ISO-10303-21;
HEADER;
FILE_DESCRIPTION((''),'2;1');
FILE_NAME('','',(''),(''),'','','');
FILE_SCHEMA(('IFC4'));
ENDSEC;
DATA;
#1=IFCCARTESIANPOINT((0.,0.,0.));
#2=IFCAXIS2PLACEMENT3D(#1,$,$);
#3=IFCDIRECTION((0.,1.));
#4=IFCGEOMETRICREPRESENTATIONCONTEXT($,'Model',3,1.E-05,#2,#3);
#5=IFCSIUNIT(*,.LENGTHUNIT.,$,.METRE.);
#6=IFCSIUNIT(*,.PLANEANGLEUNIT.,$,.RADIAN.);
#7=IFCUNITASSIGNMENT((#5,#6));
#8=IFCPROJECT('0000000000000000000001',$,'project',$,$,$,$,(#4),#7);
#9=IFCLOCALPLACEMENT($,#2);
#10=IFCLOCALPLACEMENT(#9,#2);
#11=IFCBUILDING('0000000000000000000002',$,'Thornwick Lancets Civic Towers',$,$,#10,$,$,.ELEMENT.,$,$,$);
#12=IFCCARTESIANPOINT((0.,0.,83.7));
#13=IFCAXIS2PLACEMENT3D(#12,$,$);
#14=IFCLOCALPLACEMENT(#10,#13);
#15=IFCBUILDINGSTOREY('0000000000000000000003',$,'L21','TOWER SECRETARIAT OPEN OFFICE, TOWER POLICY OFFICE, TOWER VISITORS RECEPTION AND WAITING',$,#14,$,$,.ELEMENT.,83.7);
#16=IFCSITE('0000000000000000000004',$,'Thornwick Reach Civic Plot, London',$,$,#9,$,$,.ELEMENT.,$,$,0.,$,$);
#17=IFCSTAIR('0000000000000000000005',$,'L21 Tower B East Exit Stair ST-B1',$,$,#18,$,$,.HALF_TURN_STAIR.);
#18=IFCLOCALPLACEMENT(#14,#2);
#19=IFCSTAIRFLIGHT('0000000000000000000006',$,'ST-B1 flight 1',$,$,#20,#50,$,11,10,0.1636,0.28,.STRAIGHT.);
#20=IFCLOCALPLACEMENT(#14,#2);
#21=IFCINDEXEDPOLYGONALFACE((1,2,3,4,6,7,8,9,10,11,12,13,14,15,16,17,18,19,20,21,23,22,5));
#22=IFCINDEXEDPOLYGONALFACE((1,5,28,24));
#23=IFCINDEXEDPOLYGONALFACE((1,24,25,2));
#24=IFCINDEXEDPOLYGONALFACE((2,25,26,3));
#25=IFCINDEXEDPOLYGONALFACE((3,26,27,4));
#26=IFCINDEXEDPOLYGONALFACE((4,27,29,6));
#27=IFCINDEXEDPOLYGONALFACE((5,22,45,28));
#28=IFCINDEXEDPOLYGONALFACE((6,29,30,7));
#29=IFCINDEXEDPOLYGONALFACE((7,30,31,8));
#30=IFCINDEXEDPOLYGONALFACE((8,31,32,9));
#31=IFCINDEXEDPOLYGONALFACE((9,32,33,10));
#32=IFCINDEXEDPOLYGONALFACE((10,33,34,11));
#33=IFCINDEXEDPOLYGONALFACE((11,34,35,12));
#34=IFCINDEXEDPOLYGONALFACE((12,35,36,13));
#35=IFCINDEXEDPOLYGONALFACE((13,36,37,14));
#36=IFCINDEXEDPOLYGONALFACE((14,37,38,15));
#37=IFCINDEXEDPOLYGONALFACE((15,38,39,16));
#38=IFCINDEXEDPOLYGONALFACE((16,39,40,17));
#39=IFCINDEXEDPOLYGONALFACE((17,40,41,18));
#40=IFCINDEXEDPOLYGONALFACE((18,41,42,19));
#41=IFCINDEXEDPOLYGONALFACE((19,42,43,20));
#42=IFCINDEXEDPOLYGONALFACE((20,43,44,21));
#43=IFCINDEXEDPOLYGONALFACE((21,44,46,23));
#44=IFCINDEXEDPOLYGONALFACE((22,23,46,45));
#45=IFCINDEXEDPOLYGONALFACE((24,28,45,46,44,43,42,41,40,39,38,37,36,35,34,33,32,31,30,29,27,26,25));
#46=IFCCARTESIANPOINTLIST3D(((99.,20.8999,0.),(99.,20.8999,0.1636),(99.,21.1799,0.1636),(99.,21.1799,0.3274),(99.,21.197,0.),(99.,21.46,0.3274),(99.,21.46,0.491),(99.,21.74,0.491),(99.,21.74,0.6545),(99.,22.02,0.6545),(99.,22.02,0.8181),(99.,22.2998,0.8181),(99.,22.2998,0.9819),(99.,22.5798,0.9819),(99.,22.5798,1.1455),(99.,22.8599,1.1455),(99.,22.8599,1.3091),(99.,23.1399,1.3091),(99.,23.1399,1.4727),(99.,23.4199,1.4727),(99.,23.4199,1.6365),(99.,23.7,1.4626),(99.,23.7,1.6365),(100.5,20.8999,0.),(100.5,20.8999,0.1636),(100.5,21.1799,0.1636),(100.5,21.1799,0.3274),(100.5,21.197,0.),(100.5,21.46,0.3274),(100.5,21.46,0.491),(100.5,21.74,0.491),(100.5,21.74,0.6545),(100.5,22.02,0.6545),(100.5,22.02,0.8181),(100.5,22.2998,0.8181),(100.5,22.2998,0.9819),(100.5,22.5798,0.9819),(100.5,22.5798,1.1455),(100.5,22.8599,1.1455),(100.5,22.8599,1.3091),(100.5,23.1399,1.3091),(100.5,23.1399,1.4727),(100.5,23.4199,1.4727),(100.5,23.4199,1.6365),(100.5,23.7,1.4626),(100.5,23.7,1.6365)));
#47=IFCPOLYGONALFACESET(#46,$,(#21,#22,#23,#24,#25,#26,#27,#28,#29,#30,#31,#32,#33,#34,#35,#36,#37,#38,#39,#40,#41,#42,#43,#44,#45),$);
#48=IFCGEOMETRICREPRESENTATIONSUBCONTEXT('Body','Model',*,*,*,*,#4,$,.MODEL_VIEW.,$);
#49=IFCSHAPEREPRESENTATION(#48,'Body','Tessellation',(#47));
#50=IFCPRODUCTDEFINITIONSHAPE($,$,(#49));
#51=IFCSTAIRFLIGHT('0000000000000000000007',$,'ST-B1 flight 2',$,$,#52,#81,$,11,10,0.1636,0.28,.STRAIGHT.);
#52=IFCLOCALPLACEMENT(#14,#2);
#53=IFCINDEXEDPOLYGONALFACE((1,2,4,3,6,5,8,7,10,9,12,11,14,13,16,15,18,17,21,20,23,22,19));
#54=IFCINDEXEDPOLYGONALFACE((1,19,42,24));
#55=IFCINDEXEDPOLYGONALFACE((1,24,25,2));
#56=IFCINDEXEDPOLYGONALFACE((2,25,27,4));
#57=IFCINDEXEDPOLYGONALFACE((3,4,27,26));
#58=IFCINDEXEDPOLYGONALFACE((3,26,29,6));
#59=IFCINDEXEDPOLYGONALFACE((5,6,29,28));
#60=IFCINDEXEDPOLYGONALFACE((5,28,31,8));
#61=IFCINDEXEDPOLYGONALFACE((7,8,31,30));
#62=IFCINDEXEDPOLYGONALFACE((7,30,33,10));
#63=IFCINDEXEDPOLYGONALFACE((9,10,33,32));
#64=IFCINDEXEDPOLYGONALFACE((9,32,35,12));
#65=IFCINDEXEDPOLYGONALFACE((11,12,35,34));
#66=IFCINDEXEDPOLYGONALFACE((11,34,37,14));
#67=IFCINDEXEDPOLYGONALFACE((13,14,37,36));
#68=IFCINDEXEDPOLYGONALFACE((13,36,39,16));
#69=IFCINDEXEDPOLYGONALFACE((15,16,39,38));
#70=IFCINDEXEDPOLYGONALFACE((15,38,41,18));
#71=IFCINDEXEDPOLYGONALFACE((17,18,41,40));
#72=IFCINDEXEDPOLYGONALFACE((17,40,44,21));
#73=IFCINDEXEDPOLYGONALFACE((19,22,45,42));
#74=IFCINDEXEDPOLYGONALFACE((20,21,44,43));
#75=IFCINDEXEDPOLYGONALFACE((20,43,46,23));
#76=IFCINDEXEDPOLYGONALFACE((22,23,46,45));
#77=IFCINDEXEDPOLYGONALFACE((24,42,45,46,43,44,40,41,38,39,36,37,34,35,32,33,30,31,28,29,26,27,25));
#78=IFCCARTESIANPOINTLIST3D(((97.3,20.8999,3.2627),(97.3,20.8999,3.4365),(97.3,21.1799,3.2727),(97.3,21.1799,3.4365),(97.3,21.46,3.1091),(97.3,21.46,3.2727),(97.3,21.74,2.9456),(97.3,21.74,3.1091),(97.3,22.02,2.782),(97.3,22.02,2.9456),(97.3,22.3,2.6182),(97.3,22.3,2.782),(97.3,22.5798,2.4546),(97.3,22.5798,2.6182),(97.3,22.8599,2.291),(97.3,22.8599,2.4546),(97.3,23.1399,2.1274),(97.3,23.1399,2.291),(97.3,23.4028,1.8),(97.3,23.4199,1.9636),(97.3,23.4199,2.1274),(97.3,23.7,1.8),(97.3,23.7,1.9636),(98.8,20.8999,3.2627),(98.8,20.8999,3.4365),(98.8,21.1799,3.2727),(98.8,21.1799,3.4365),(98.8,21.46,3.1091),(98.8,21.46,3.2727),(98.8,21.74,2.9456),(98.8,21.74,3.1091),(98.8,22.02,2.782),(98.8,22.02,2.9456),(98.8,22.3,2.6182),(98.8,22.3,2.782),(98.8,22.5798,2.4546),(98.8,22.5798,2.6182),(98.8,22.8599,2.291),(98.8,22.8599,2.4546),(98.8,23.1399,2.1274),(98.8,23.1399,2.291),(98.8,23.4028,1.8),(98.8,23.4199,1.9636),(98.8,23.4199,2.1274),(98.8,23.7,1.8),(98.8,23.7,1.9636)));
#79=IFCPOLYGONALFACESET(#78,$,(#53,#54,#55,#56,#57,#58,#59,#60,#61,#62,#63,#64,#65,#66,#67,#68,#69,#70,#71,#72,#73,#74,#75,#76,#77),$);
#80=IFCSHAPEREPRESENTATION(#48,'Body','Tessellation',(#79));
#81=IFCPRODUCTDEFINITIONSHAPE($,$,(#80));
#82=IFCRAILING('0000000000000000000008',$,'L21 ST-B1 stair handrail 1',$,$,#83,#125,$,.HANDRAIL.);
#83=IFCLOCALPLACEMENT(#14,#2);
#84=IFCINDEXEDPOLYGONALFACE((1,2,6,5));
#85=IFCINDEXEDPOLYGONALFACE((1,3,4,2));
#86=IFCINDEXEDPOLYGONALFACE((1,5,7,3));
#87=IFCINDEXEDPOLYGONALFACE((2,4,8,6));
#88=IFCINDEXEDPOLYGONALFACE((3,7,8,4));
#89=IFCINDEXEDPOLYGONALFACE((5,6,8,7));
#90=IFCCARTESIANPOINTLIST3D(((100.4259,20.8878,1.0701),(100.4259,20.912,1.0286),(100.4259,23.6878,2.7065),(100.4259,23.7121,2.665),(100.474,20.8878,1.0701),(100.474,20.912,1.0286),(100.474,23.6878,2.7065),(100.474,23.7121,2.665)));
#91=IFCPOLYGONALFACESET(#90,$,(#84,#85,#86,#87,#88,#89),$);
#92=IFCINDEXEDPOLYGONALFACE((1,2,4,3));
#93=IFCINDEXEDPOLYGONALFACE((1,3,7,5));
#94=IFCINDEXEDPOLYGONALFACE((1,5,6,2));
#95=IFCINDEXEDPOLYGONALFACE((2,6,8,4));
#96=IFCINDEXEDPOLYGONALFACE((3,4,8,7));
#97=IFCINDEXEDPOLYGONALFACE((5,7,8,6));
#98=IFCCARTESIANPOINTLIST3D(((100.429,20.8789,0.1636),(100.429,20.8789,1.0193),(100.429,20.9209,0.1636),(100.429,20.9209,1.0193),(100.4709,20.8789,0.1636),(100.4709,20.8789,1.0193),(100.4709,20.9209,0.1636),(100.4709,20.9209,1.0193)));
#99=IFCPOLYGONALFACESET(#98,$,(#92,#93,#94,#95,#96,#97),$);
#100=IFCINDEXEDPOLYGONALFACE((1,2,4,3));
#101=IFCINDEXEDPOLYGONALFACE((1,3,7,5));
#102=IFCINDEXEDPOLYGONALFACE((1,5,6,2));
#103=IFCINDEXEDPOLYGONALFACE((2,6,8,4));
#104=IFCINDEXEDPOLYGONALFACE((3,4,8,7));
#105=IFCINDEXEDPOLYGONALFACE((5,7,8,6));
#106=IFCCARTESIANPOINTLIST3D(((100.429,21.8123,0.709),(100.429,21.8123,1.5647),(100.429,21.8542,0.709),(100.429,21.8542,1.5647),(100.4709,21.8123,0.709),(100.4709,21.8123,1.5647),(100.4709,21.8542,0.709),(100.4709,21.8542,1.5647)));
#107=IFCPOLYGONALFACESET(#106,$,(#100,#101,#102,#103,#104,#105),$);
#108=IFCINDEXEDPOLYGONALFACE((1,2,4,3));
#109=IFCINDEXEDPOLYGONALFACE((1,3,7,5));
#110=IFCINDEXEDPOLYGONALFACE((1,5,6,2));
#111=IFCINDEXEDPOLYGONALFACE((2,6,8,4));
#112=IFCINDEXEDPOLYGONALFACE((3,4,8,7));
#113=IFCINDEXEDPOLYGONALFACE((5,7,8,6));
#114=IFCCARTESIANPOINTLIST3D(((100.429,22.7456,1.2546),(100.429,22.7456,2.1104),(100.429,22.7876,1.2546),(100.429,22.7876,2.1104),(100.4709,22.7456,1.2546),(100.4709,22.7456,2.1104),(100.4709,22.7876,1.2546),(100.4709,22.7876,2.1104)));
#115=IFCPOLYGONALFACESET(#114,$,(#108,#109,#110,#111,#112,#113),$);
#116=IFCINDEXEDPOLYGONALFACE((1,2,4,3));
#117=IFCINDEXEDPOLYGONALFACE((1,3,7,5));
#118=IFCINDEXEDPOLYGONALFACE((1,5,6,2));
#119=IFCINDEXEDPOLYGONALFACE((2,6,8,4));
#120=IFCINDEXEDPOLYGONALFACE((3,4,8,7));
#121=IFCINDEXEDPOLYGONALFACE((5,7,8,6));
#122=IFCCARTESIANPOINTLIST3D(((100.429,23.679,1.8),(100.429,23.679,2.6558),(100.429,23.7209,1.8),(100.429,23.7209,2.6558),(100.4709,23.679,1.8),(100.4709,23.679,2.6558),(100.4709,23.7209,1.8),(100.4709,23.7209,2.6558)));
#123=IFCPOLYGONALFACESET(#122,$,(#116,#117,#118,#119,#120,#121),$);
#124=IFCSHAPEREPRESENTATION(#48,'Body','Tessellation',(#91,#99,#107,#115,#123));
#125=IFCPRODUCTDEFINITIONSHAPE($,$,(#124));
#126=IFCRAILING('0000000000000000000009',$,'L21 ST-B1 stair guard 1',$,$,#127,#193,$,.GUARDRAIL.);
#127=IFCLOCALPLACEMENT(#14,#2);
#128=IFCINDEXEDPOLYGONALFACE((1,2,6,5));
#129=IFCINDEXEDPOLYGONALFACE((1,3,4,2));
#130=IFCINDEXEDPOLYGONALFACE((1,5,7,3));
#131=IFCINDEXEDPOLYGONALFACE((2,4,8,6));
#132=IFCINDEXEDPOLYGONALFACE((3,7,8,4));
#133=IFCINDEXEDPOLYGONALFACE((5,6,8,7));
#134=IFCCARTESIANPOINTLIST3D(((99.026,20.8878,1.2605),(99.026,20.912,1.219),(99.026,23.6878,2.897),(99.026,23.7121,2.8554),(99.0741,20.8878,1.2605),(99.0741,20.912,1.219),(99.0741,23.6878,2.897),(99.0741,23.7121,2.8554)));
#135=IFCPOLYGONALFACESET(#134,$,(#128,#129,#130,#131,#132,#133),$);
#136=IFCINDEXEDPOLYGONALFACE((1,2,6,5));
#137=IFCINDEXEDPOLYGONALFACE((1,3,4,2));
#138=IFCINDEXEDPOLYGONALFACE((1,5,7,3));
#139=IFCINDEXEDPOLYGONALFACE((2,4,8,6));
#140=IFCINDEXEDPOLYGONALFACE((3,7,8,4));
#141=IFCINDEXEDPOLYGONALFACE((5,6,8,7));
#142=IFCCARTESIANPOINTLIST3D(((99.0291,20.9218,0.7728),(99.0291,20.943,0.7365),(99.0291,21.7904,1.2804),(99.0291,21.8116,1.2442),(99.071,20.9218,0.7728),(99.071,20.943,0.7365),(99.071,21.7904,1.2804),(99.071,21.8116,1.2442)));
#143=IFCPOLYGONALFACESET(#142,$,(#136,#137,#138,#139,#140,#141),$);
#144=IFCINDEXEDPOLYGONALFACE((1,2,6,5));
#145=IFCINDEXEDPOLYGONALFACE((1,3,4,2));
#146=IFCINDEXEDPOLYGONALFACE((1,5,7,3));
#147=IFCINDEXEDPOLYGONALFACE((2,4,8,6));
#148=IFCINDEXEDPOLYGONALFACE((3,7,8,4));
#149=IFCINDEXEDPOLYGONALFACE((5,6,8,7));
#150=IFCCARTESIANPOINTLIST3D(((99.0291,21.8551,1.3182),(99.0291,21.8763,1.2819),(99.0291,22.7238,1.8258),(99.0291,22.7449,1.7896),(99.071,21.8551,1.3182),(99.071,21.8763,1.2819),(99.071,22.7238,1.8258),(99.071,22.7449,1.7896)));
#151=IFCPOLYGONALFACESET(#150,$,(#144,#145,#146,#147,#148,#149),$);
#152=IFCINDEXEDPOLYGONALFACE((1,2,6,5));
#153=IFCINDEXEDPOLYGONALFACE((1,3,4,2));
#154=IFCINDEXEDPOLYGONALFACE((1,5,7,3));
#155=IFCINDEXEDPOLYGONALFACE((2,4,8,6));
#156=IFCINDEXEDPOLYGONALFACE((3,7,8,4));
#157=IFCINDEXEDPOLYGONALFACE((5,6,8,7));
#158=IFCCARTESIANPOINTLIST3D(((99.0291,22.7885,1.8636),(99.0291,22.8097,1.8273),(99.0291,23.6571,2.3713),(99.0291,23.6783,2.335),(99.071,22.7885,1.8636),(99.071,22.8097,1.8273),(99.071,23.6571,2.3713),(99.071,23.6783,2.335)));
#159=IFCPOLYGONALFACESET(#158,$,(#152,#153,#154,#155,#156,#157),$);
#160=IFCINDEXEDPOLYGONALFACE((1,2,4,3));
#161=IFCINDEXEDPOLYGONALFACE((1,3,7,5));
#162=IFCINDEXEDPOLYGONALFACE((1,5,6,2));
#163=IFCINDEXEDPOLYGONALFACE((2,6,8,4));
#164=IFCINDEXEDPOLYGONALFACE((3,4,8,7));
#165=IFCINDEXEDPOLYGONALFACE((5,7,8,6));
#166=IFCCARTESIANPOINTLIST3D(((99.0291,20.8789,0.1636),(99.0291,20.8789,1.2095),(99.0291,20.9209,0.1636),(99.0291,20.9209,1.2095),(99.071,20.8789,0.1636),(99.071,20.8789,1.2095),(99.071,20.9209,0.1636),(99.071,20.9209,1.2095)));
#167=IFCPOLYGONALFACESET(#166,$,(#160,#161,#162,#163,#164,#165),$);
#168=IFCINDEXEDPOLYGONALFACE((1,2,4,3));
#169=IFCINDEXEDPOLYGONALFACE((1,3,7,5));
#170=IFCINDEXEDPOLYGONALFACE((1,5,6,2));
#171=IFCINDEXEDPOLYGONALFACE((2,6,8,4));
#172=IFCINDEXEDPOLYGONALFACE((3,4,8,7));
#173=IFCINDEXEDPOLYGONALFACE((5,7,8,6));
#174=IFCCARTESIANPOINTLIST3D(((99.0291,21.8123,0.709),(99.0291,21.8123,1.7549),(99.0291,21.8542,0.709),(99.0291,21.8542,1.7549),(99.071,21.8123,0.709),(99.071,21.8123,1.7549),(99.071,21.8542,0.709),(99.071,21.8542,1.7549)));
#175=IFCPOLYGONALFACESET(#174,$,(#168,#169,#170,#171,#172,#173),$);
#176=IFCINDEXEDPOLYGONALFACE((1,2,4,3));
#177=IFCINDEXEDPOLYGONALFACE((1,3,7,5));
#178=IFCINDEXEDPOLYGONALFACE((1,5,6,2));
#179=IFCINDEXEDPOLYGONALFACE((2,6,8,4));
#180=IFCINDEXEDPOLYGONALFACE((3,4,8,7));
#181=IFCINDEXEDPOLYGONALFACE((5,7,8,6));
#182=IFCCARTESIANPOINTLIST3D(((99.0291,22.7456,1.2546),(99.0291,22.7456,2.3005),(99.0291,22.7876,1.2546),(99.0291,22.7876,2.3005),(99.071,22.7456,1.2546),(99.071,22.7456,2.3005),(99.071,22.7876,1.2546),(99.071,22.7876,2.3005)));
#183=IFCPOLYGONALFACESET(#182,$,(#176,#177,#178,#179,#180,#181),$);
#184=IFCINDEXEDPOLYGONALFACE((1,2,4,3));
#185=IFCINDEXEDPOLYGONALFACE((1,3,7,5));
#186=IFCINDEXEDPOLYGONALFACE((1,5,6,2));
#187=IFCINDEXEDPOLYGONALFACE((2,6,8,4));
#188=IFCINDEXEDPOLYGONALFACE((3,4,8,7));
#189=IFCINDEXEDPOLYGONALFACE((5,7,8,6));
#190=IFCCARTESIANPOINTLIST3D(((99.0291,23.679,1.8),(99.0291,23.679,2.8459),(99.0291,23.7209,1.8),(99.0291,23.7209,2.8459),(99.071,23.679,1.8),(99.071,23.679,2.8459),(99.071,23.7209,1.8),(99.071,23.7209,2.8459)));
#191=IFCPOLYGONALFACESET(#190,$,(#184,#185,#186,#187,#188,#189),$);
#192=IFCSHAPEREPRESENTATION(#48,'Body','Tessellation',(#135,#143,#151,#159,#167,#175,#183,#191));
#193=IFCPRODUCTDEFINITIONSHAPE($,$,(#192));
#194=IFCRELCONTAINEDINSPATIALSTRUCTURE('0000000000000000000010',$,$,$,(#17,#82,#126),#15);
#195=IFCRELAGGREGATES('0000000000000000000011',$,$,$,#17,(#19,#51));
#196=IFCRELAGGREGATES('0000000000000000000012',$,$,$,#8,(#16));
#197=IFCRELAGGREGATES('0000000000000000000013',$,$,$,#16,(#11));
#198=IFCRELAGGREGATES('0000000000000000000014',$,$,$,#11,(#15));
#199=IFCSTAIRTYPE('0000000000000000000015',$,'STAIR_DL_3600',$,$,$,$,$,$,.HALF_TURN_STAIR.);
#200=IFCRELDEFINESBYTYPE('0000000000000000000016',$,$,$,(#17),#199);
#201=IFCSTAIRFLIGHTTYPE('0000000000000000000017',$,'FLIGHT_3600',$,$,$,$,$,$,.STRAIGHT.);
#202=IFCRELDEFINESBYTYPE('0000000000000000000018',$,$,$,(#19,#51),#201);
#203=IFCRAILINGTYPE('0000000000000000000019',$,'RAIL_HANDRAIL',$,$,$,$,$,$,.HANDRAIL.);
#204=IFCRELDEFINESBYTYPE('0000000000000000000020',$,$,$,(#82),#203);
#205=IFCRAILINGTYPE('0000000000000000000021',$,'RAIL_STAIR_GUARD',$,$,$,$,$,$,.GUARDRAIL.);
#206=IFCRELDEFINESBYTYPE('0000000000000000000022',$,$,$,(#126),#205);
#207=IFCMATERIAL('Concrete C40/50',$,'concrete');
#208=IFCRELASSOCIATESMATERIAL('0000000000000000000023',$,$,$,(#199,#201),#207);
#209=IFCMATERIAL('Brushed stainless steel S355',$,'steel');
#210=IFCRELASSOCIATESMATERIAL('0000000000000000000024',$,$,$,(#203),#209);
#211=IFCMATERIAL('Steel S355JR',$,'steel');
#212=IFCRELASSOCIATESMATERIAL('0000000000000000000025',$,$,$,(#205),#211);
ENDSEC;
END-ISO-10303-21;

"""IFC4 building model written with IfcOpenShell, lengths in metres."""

from ifc_helpers import new_model, si_unit, direction, frame, origin, origin_2d, place, context, subcontext, project, spatial, polyline, rectangle, outline, extrude, material, type_object, element, aggregate, save


model = new_model("IFC4")

# Units and contexts
model_context = context("Model", 3, precision=1e-05, world=origin(), true_north=direction((0.0, 1.0)))
body_context = subcontext(model_context, "Body", "Model", "MODEL_VIEW")
ifc_project = project(units=[si_unit("LENGTHUNIT", "METRE"), si_unit("PLANEANGLEUNIT", "RADIAN")], contexts=[model_context])

# Site, building, storey
site_placement = place(None, origin())
site = spatial("IfcSite", under=ifc_project, at=site_placement, Name="Thornwick Reach Civic Plot, London", CompositionType="ELEMENT", RefElevation=0.0)
building_placement = place(site_placement, origin())
building = spatial("IfcBuilding", under=site, at=building_placement, Name="Thornwick Lancets Civic Towers", CompositionType="ELEMENT")
storey_placement = place(building_placement, frame((0.0, 0.0, 83.7)))
storey = spatial("IfcBuildingStorey", under=building, at=storey_placement, Name="L21", Description="TOWER SECRETARIAT OPEN OFFICE, TOWER POLICY OFFICE, TOWER VISITORS RECEPTION AND WAITING", CompositionType="ELEMENT", Elevation=83.7)

# Shared definitions
ifc_material_1 = material(Name="Steel S355JR", Category="steel")
ifc_material_2 = material(Name="Concrete C40/50", Category="concrete")

# Stair, stair flights
stair_type = type_object("IfcStairType", Name="STAIR_DL_3600", PredefinedType="HALF_TURN_STAIR", material=ifc_material_2)
stair_placement = place(storey_placement, origin())
stair = element("IfcStair", 1, at=stair_placement, inside=storey, type_object=stair_type, Name="L21 Tower B East Exit Stair ST-B1", PredefinedType="HALF_TURN_STAIR")
stair_flight_type = type_object("IfcStairFlightType", Name="FLIGHT_3600", PredefinedType="STRAIGHT", material=ifc_material_2)
stair_flight_1_placement = place(storey_placement, frame((99.75, 20.8999, 0.0), z_axis=(0.0, 0.0, 1.0), x_axis=(0.0, 1.0, 0.0)))
stair_flight_1 = element("IfcStairFlight", 2, at=stair_flight_1_placement, type_object=stair_flight_type, Name="ST-B1 flight 1", NumberOfRisers=11, NumberOfTreads=10, PredefinedType="STRAIGHT", RiserHeight=0.1636, TreadLength=0.28, context=body_context, shape_type="SweptSolid", body=[
    extrude(outline(polyline([(0.0, 0.0), (0.0, 0.1636), (0.28, 0.1636), (0.28, 0.3274), (0.5601, 0.3274), (0.5601, 0.491), (0.8401, 0.491), (0.8401, 0.6545), (1.1201, 0.6545), (1.1201, 0.8181), (1.3999, 0.8181), (1.3999, 0.9819), (1.6799, 0.9819), (1.6799, 1.1455), (1.96, 1.1455), (1.96, 1.3091), (2.24, 1.3091), (2.24, 1.4727), (2.52, 1.4727), (2.52, 1.6365), (2.8, 1.6365), (2.8, 1.8), (2.8, 1.4626), (0.2971, 0.0), (0.0, 0.0)])), frame((0.0, 0.75, 0.0), z_axis=(0.0, -1.0, 0.0), x_axis=(1.0, 0.0, 0.0)), (0.0, 0.0, 1.0), 1.5),
])
stair_flight_2_placement = place(storey_placement, frame((98.05, 23.7, 1.8), z_axis=(0.0, 0.0, 1.0), x_axis=(0.0, -1.0, 0.0)))
stair_flight_2 = element("IfcStairFlight", 3, at=stair_flight_2_placement, type_object=stair_flight_type, Name="ST-B1 flight 2", NumberOfRisers=11, NumberOfTreads=10, PredefinedType="STRAIGHT", RiserHeight=0.1636, TreadLength=0.28, context=body_context, shape_type="SweptSolid", body=[
    extrude(outline(polyline([(0.0, 0.0), (0.0, 0.1636), (0.28, 0.1636), (0.28, 0.3274), (0.5601, 0.3274), (0.5601, 0.491), (0.8401, 0.491), (0.8401, 0.6545), (1.1201, 0.6545), (1.1201, 0.8181), (1.3999, 0.8181), (1.3999, 0.9819), (1.6799, 0.9819), (1.6799, 1.1455), (1.96, 1.1455), (1.96, 1.3091), (2.24, 1.3091), (2.24, 1.4727), (2.52, 1.4727), (2.52, 1.6365), (2.8, 1.6365), (2.8, 1.8), (2.8, 1.4626), (0.2971, 0.0), (0.0, 0.0)])), frame((0.0, 0.75, 0.0), z_axis=(0.0, -1.0, 0.0), x_axis=(1.0, 0.0, 0.0)), (0.0, 0.0, 1.0), 1.5),
])
aggregate(stair, [stair_flight_1, stair_flight_2])

# Railings
ifc_material_3 = material(Name="Brushed stainless steel S355", Category="steel")
railing_type_1 = type_object("IfcRailingType", Name="RAIL_HANDRAIL", PredefinedType="HANDRAIL", material=ifc_material_3)
railing_1_placement = place(storey_placement, frame((100.45, 20.8999, 0.1636)))
element("IfcRailing", 4, at=railing_1_placement, inside=storey, type_object=railing_type_1, Name="L21 ST-B1 stair handrail 1", PredefinedType="HANDRAIL", context=body_context, shape_type="SweptSolid", body=[
    extrude(rectangle(XDim=0.0481, YDim=0.0481, at=origin_2d()), frame((0.0, 0.0, 0.8857), z_axis=(0.0, 0.863361, 0.504587), x_axis=(-1.0, 0.0, 0.0)), (0.0, 0.0, 1.0), 3.2432),
    extrude(rectangle(XDim=0.042, YDim=0.042, at=origin_2d()), origin(), (0.0, 0.0, 1.0), 0.8557),
    extrude(rectangle(XDim=0.042, YDim=0.042, at=origin_2d()), frame((0.0, 0.9333, 0.5454)), (0.0, 0.0, 1.0), 0.8557),
    extrude(rectangle(XDim=0.042, YDim=0.042, at=origin_2d()), frame((0.0, 1.8667, 1.0911)), (0.0, 0.0, 1.0), 0.8557),
    extrude(rectangle(XDim=0.042, YDim=0.042, at=origin_2d()), frame((0.0, 2.8, 1.6365)), (0.0, 0.0, 1.0), 0.8557),
])
railing_type_2 = type_object("IfcRailingType", Name="RAIL_STAIR_GUARD", PredefinedType="GUARDRAIL", material=ifc_material_1)
railing_2_placement = place(storey_placement, frame((99.05, 20.8999, 0.1636)))
element("IfcRailing", 5, at=railing_2_placement, inside=storey, type_object=railing_type_2, Name="L21 ST-B1 stair guard 1", PredefinedType="GUARDRAIL", context=body_context, shape_type="SweptSolid", body=[
    extrude(rectangle(XDim=0.0481, YDim=0.0481, at=origin_2d()), frame((0.0, 0.0, 1.0762), z_axis=(0.0, 0.863361, 0.504587), x_axis=(-1.0, 0.0, 0.0)), (0.0, 0.0, 1.0), 3.2432),
    extrude(rectangle(XDim=0.042, YDim=0.042, at=origin_2d()), frame((0.0, 0.0325, 0.5911), z_axis=(0.0, 0.863361, 0.504587), x_axis=(-1.0, 0.0, 0.0)), (0.0, 0.0, 1.0), 1.0061),
    extrude(rectangle(XDim=0.042, YDim=0.042, at=origin_2d()), frame((0.0, 0.9658, 1.1365), z_axis=(0.0, 0.863361, 0.504587), x_axis=(-1.0, 0.0, 0.0)), (0.0, 0.0, 1.0), 1.0061),
    extrude(rectangle(XDim=0.042, YDim=0.042, at=origin_2d()), frame((0.0, 1.8992, 1.6819), z_axis=(0.0, 0.863361, 0.504587), x_axis=(-1.0, 0.0, 0.0)), (0.0, 0.0, 1.0), 1.0061),
    extrude(rectangle(XDim=0.042, YDim=0.042, at=origin_2d()), origin(), (0.0, 0.0, 1.0), 1.0459),
    extrude(rectangle(XDim=0.042, YDim=0.042, at=origin_2d()), frame((0.0, 0.9333, 0.5454)), (0.0, 0.0, 1.0), 1.0459),
    extrude(rectangle(XDim=0.042, YDim=0.042, at=origin_2d()), frame((0.0, 1.8667, 1.0911)), (0.0, 0.0, 1.0), 1.0459),
    extrude(rectangle(XDim=0.042, YDim=0.042, at=origin_2d()), frame((0.0, 2.8, 1.6365)), (0.0, 0.0, 1.0), 1.0459),
])

save(model, "model.ifc")
